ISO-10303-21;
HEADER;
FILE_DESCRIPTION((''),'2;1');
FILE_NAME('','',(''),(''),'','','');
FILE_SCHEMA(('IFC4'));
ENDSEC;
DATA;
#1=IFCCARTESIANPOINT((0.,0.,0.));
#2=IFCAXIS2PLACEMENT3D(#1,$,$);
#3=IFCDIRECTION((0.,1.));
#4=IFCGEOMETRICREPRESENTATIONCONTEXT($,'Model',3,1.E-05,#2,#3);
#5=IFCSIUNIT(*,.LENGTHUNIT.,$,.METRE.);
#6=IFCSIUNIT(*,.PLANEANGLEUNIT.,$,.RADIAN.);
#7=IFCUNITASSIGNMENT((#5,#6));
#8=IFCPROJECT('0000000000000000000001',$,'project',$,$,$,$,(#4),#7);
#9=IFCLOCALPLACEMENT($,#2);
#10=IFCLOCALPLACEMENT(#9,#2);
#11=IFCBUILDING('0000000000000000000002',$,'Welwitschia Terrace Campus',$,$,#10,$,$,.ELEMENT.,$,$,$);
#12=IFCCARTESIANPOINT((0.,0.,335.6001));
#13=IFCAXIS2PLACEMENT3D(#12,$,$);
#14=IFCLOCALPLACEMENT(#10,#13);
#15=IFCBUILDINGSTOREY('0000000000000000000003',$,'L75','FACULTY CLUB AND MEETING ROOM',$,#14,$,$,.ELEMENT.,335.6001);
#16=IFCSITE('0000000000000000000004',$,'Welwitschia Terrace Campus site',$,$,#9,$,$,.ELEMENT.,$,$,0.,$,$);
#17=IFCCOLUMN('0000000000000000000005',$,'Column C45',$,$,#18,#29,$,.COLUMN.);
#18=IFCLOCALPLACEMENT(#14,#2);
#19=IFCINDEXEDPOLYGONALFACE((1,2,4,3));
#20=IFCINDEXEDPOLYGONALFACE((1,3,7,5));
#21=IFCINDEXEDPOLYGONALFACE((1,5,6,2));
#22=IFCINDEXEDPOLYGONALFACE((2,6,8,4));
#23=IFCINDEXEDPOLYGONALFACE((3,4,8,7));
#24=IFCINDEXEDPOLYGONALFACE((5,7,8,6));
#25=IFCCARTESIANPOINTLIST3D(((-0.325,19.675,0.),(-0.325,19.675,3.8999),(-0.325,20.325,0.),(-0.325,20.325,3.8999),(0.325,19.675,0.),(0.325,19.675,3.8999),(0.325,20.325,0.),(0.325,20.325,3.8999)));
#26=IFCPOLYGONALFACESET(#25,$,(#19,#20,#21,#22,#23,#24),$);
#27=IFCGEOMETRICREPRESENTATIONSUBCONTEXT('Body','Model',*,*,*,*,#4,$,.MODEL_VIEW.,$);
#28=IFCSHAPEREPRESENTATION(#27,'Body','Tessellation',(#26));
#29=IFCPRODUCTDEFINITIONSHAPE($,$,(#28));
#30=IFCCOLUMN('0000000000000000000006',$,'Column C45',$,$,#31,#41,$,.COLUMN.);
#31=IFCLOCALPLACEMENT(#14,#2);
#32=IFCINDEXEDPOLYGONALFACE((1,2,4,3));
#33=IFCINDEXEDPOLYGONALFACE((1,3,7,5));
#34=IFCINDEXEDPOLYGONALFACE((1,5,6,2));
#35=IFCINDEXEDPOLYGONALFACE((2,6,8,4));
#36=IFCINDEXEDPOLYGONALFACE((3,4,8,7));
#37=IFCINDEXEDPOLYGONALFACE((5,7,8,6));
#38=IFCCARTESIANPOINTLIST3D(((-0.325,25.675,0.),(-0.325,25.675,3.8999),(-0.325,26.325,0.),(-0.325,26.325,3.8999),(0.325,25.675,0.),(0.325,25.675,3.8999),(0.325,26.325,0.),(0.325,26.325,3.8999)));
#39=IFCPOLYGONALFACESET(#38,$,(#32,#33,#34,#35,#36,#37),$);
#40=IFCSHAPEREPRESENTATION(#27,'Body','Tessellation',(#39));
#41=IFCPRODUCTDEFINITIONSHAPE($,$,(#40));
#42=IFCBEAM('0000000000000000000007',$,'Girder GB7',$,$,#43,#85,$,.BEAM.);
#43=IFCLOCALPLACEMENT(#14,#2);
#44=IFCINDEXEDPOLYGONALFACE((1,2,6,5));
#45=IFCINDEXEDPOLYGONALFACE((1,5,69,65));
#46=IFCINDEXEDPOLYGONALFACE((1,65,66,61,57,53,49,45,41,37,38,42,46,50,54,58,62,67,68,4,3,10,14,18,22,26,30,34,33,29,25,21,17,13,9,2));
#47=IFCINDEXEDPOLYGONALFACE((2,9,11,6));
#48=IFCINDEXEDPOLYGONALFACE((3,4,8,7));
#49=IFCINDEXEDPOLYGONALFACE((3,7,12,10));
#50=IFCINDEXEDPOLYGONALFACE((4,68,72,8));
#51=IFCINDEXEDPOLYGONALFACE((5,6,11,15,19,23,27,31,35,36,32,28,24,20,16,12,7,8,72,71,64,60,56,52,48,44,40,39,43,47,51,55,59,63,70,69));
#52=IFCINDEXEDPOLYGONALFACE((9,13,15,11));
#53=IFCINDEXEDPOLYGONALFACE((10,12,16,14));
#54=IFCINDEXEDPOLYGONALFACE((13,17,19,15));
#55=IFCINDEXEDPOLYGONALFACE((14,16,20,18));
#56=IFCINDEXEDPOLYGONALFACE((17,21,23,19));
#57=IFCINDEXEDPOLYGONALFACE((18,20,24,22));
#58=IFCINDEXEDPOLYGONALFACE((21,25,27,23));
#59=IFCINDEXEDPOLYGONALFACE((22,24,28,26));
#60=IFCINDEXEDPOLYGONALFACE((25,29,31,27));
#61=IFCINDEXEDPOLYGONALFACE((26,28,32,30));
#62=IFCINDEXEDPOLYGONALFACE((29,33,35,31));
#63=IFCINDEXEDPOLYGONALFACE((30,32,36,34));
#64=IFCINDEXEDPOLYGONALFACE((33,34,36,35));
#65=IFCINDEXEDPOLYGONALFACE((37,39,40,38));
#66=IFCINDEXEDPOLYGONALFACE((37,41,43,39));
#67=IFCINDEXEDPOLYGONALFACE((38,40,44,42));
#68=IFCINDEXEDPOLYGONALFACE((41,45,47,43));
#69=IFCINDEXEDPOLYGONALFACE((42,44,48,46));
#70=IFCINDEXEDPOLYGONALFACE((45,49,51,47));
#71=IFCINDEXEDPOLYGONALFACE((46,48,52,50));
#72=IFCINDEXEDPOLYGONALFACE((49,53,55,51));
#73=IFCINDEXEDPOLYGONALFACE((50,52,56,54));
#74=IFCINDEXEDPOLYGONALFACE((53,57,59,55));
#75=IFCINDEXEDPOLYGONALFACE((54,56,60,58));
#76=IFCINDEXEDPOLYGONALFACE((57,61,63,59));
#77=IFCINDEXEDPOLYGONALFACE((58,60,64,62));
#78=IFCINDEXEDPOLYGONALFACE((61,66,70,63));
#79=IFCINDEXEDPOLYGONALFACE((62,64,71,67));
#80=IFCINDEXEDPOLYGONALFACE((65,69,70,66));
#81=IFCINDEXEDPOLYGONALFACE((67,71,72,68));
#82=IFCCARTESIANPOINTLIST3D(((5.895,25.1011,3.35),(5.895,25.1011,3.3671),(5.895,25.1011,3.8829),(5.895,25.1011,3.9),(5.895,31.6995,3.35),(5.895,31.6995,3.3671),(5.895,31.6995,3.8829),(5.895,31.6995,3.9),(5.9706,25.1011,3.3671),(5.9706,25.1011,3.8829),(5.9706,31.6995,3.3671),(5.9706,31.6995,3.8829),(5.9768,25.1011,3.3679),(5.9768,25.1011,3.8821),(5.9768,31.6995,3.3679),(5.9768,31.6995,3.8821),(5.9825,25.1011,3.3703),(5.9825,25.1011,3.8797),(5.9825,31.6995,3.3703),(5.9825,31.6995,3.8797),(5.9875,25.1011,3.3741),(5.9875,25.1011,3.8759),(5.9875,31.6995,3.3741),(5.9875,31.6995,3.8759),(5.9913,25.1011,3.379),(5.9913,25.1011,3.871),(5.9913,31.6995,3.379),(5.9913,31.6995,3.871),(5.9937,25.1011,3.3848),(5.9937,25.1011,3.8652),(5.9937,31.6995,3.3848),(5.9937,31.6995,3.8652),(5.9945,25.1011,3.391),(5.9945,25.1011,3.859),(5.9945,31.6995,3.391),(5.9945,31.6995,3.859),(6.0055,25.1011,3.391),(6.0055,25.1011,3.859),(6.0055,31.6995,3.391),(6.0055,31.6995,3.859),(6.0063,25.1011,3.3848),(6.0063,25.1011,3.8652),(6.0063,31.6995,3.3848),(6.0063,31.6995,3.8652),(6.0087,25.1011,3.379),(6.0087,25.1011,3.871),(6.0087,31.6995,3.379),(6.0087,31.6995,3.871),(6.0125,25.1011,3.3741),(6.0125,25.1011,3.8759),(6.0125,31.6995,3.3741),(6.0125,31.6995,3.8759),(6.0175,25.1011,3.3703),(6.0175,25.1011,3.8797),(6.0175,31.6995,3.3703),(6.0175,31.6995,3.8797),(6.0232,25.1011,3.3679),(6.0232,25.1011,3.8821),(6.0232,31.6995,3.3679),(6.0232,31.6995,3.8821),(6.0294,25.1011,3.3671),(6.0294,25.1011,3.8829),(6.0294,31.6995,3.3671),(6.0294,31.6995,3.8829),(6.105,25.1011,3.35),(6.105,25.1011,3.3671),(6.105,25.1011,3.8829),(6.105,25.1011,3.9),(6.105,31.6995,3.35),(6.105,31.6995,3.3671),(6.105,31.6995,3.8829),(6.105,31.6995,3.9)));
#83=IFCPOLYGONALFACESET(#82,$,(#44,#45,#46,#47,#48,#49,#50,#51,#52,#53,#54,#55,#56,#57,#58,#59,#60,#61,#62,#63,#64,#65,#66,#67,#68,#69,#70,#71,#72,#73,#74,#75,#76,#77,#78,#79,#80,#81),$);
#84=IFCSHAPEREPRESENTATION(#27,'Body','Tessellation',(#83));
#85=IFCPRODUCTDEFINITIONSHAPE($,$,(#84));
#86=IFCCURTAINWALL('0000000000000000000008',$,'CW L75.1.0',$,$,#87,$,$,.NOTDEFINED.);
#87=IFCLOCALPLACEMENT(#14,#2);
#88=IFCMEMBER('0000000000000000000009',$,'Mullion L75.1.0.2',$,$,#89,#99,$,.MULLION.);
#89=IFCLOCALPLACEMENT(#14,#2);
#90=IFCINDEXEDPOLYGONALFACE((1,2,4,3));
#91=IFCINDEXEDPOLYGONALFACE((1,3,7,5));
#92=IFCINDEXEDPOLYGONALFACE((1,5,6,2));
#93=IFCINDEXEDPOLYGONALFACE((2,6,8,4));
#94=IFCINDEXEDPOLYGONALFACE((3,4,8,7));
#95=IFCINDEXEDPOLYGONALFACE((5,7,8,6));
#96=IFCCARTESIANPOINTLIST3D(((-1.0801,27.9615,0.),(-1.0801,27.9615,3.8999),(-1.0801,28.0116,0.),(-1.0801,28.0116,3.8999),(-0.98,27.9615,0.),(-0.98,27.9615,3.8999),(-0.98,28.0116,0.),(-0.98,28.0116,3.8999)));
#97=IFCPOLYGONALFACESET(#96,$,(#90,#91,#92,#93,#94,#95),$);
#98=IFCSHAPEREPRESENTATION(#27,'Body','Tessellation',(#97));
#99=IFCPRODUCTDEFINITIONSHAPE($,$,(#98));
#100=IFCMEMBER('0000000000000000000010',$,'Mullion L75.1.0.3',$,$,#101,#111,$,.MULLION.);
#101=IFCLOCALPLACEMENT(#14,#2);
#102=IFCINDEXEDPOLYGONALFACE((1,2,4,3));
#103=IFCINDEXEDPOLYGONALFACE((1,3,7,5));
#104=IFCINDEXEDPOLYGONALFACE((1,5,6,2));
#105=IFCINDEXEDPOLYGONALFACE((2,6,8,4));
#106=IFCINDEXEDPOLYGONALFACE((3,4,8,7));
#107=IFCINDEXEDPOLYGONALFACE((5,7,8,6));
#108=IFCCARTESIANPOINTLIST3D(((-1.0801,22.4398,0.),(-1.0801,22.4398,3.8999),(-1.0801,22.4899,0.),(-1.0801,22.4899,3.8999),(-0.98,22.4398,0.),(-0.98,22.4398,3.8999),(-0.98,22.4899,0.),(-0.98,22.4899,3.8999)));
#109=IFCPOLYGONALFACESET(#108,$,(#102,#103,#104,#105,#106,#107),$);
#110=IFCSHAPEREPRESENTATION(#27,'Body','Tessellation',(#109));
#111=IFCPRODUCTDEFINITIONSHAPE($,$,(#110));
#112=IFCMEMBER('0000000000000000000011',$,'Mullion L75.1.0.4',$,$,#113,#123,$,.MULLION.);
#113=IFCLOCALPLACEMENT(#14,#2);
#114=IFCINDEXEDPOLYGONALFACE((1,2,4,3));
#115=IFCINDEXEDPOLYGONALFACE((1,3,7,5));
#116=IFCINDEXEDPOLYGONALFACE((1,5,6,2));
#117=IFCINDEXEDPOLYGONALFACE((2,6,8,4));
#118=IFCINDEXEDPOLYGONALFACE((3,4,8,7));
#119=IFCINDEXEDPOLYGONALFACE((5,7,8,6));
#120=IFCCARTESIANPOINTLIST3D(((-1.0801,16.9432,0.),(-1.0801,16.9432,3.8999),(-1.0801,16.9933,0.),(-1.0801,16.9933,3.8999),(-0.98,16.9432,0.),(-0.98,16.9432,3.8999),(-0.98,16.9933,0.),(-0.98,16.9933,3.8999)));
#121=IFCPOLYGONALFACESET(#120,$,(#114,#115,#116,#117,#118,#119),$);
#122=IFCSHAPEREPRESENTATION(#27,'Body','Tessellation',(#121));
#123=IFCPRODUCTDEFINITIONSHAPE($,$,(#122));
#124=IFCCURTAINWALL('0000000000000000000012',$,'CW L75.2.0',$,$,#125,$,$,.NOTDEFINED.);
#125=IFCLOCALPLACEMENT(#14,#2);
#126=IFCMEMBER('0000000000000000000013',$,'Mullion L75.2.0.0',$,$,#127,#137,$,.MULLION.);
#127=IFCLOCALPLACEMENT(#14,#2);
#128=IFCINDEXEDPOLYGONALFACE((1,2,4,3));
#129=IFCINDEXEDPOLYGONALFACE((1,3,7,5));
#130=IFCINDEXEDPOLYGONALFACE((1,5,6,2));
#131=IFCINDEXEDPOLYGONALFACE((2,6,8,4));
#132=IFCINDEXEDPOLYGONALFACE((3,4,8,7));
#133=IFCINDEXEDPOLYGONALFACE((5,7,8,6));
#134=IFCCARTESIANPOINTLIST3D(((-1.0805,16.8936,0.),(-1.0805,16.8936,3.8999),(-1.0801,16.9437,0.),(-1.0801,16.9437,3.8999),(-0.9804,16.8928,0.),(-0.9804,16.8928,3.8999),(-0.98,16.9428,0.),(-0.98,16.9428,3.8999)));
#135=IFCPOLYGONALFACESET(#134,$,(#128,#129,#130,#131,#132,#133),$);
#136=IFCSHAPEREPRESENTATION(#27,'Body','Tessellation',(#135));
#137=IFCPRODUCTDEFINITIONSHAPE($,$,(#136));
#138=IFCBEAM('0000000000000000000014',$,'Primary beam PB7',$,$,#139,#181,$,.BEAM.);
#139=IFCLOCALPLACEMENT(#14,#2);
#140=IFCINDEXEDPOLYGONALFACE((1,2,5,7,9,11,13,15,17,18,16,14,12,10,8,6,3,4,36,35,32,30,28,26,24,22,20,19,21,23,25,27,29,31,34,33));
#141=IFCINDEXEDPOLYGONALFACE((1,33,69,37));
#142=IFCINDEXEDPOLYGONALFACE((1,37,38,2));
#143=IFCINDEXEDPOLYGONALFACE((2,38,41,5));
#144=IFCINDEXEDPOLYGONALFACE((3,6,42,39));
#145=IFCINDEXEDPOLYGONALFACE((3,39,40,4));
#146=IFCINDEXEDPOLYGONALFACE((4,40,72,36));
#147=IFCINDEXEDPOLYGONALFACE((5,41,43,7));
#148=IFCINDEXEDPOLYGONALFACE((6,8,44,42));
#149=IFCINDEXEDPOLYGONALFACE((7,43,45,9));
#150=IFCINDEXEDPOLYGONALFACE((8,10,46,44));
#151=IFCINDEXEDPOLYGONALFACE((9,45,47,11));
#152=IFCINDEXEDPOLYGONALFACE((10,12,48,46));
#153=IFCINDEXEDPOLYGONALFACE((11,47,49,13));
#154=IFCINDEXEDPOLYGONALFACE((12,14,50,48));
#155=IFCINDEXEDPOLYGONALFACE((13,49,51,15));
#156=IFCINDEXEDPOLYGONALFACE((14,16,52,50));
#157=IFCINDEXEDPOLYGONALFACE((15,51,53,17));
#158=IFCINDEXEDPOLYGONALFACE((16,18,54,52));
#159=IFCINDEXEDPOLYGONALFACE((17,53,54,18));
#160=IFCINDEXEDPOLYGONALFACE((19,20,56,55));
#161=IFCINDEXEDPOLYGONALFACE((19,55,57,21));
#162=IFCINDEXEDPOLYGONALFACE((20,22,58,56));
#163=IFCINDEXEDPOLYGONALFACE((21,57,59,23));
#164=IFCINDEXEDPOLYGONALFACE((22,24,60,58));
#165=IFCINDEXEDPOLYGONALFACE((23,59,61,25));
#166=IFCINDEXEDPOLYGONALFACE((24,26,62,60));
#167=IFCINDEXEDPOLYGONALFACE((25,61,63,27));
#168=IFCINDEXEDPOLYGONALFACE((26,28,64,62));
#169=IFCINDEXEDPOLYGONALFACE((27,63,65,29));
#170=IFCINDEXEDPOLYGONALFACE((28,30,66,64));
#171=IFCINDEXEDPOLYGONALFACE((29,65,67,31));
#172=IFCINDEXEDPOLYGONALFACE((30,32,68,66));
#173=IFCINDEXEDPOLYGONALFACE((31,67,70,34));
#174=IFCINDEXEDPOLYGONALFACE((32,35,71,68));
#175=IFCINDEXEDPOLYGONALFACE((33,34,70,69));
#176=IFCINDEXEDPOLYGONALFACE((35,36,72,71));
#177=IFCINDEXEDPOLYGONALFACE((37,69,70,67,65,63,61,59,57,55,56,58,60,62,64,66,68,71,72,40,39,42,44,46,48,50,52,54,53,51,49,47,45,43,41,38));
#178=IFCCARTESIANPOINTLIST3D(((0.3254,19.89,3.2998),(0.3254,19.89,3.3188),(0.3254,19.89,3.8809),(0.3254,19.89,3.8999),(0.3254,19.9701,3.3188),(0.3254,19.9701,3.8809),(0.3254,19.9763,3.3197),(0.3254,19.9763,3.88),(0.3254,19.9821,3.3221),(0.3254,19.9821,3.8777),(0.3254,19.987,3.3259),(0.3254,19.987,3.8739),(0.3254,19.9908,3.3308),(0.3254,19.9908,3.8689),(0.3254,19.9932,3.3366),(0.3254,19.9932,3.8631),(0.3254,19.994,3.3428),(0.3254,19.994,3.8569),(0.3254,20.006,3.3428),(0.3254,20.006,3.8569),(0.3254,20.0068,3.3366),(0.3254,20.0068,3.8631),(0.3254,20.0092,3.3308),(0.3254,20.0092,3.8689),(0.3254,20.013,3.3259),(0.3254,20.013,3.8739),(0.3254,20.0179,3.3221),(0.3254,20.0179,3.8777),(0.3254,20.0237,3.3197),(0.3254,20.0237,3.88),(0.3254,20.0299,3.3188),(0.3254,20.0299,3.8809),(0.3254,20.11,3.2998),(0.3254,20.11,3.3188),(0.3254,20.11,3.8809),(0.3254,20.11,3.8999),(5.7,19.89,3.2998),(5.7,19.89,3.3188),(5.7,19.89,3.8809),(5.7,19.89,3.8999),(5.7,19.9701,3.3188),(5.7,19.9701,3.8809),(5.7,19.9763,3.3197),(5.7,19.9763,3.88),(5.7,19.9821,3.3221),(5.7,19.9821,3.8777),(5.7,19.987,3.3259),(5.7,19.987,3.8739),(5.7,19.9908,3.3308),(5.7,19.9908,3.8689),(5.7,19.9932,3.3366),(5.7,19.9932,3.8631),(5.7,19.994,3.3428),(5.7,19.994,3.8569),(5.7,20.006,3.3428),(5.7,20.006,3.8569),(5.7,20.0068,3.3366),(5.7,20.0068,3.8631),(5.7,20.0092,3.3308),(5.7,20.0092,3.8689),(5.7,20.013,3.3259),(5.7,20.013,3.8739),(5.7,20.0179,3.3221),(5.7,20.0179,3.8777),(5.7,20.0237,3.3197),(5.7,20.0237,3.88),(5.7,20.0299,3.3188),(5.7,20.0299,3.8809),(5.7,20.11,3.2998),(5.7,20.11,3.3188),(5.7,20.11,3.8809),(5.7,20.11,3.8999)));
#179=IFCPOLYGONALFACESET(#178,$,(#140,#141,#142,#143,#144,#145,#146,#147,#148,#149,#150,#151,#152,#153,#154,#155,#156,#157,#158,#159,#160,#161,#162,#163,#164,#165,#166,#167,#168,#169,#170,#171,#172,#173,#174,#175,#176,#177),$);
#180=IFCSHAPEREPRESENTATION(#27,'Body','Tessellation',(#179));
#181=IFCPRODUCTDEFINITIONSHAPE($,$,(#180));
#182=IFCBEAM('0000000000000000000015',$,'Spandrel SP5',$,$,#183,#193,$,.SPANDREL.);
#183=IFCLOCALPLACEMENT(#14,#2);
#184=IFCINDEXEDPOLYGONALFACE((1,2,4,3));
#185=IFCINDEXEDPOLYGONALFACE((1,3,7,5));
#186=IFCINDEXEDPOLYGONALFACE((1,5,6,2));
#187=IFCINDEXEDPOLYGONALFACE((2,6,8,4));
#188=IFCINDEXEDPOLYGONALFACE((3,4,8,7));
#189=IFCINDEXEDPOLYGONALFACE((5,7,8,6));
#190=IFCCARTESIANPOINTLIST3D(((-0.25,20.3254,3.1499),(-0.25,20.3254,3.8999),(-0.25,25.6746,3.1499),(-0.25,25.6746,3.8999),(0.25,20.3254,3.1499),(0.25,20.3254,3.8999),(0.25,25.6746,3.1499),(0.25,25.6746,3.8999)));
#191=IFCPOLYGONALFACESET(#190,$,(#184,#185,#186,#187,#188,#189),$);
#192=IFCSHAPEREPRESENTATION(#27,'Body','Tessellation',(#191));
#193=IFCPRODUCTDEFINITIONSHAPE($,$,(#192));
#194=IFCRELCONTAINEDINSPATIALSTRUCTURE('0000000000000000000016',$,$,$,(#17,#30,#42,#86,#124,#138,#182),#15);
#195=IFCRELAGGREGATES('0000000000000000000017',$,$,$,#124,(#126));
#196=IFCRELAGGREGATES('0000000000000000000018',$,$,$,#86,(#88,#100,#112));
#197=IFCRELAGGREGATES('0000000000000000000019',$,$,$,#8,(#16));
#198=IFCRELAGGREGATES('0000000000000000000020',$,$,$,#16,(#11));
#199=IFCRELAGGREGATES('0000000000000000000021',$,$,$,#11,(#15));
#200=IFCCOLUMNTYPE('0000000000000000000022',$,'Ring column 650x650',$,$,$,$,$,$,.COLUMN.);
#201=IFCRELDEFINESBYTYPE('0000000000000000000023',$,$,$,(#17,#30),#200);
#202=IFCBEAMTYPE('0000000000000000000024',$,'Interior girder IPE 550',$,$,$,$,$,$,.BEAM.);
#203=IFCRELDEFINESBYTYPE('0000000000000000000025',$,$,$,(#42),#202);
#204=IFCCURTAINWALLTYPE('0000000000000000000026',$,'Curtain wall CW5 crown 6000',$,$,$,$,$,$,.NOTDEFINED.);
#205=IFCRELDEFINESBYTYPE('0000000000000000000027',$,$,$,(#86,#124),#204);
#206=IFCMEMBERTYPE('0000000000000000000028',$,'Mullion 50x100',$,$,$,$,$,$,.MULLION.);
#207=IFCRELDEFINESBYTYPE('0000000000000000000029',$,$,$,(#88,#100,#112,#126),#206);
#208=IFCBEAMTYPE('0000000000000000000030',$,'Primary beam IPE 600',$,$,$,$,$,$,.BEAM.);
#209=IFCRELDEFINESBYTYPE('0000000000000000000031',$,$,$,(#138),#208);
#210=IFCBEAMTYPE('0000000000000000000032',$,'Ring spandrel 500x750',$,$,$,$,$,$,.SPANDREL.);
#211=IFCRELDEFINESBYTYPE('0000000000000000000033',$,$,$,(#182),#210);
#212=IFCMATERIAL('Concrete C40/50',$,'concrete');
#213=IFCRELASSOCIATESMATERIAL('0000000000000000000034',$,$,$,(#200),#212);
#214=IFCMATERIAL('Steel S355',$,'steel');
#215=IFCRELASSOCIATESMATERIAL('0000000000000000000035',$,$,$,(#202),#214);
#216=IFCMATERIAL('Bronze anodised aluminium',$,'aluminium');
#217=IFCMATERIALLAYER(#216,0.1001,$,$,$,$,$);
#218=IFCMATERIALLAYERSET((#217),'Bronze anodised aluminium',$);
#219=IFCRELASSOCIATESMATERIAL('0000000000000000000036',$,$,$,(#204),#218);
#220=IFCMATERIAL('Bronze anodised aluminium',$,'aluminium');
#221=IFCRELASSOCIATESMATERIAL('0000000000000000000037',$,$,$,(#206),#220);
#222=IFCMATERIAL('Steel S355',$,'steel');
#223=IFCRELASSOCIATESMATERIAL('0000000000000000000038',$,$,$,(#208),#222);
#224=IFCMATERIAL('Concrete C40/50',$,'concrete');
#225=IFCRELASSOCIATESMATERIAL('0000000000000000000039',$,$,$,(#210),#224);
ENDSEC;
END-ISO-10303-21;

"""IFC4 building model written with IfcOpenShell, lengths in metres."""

from ifc_helpers import new_model, si_unit, direction, frame, origin, origin_2d, place, context, subcontext, project, spatial, rectangle, i_section, extrude, material, layer, layer_set, material_profile, profile_set, type_object, element, aggregate, save


model = new_model("IFC4")

# Units and contexts
model_context = context("Model", 3, precision=1e-05, world=origin(), true_north=direction((0.0, 1.0)))
body_context = subcontext(model_context, "Body", "Model", "MODEL_VIEW")
ifc_project = project(units=[si_unit("LENGTHUNIT", "METRE"), si_unit("PLANEANGLEUNIT", "RADIAN")], contexts=[model_context])

# Site, building, storey
site_placement = place(None, origin())
site = spatial("IfcSite", under=ifc_project, at=site_placement, Name="Welwitschia Terrace Campus site", CompositionType="ELEMENT", RefElevation=0.0)
building_placement = place(site_placement, origin())
building = spatial("IfcBuilding", under=site, at=building_placement, Name="Welwitschia Terrace Campus", CompositionType="ELEMENT")
storey_placement = place(building_placement, frame((0.0, 0.0, 335.6001)))
storey = spatial("IfcBuildingStorey", under=building, at=storey_placement, Name="L75", Description="FACULTY CLUB AND MEETING ROOM", CompositionType="ELEMENT", Elevation=335.6001)

# Columns
ifc_material_1 = material(Name="Concrete C40/50", Category="concrete")
ifc_material_profile_1 = material_profile(ifc_material_1, rectangle(XDim=0.6499, YDim=0.6499, at=origin_2d()))
ifc_profile_set_1 = profile_set([ifc_material_profile_1], Name="Concrete C40/50")
column_type = type_object("IfcColumnType", Name="Ring column 650x650", PredefinedType="COLUMN", material=ifc_profile_set_1)
for number, where, z_axis, x_axis, name in (
    (1, (0.0, 20.0, 0.0), (0.0, 0.0, 1.0), (1.0, 0.0, 0.0), "Column C45"),
    (2, (0.0, 26.0, 0.0), (0.0, 0.0, 1.0), (1.0, 0.0, 0.0), "Column C45"),
):
    element("IfcColumn", number, at=place(storey_placement, frame(where, z_axis=z_axis, x_axis=x_axis)), inside=storey, type_object=column_type, Name=name, PredefinedType="COLUMN", context=body_context, shape_type="SweptSolid", body=[
        extrude(rectangle(XDim=0.6499, YDim=0.6499, at=origin_2d()), origin(), (0.0, 0.0, 1.0), 3.8999),
    ])

# Beam
ifc_material_2 = material(Name="Steel S355", Category="steel")
ifc_material_profile_2 = material_profile(ifc_material_2, i_section(OverallWidth=0.21, OverallDepth=0.55, WebThickness=0.011, FlangeThickness=0.0171, FilletRadius=0.0239, at=origin_2d()))
ifc_profile_set_2 = profile_set([ifc_material_profile_2], Name="Steel S355")
beam_type_1 = type_object("IfcBeamType", Name="Interior girder IPE 550", PredefinedType="BEAM", material=ifc_profile_set_2)
beam_1_placement = place(storey_placement, frame((6.0, 25.1011, 3.625), z_axis=(0.0, 1.0, 0.0), x_axis=(-1.0, 0.0, 0.0)))
element("IfcBeam", 3, at=beam_1_placement, inside=storey, type_object=beam_type_1, Name="Girder GB7", PredefinedType="BEAM", context=body_context, shape_type="SweptSolid", body=[
    extrude(i_section(OverallWidth=0.21, OverallDepth=0.55, WebThickness=0.011, FlangeThickness=0.0171, FilletRadius=0.0239, at=origin_2d()), origin(), (0.0, 0.0, 1.0), 6.5984),
])

# Curtain wall, members
ifc_material_3 = material(Name="Bronze anodised aluminium", Category="aluminium")
ifc_layer_1 = layer(ifc_material_3, 0.1001)
ifc_layer_set_1 = layer_set([ifc_layer_1], Name="Bronze anodised aluminium")
curtain_wall_type = type_object("IfcCurtainWallType", Name="Curtain wall CW5 crown 6000", PredefinedType="NOTDEFINED", material=ifc_layer_set_1)
curtain_wall_1_placement = place(storey_placement, origin())
curtain_wall_1 = element("IfcCurtainWall", 4, at=curtain_wall_1_placement, inside=storey, type_object=curtain_wall_type, Name="CW L75.1.0", PredefinedType="NOTDEFINED")
ifc_material_4 = material(Name="Bronze anodised aluminium", Category="aluminium")
ifc_material_profile_3 = material_profile(ifc_material_4, rectangle(XDim=0.1001, YDim=0.05, at=origin_2d()))
ifc_profile_set_3 = profile_set([ifc_material_profile_3], Name="Bronze anodised aluminium")
member_type_1 = type_object("IfcMemberType", Name="Mullion 50x100", PredefinedType="MULLION", material=ifc_profile_set_3)
member_1_placement = place(storey_placement, frame((-1.03, 27.9866, 0.0), z_axis=(0.0, 0.0, 1.0), x_axis=(1.0, 0.0, 0.0)))
member_1 = element("IfcMember", 5, at=member_1_placement, type_object=member_type_1, Name="Mullion L75.1.0.2", PredefinedType="MULLION", context=body_context, shape_type="SweptSolid", body=[
    extrude(rectangle(XDim=0.1001, YDim=0.05, at=origin_2d()), origin(), (0.0, 0.0, 1.0), 3.8999),
])
member_2_placement = place(storey_placement, frame((-1.03, 22.4648, 0.0), z_axis=(0.0, 0.0, 1.0), x_axis=(1.0, 0.0, 0.0)))
member_2 = element("IfcMember", 6, at=member_2_placement, type_object=member_type_1, Name="Mullion L75.1.0.3", PredefinedType="MULLION", context=body_context, shape_type="SweptSolid", body=[
    extrude(rectangle(XDim=0.1001, YDim=0.05, at=origin_2d()), origin(), (0.0, 0.0, 1.0), 3.8999),
])
member_3_placement = place(storey_placement, frame((-1.03, 16.9683, 0.0), z_axis=(0.0, 0.0, 1.0), x_axis=(1.0, 0.0, 0.0)))
member_3 = element("IfcMember", 7, at=member_3_placement, type_object=member_type_1, Name="Mullion L75.1.0.4", PredefinedType="MULLION", context=body_context, shape_type="SweptSolid", body=[
    extrude(rectangle(XDim=0.1001, YDim=0.05, at=origin_2d()), origin(), (0.0, 0.0, 1.0), 3.8999),
])

# Curtain wall, member
curtain_wall_2_placement = place(storey_placement, origin())
curtain_wall_2 = element("IfcCurtainWall", 8, at=curtain_wall_2_placement, inside=storey, type_object=curtain_wall_type, Name="CW L75.2.0", PredefinedType="NOTDEFINED")
member_4_placement = place(storey_placement, frame((-1.0303, 16.9182, 0.0), z_axis=(0.0, 0.0, 1.0), x_axis=(0.999962, -0.008727, 0.0)))
member_4 = element("IfcMember", 9, at=member_4_placement, type_object=member_type_1, Name="Mullion L75.2.0.0", PredefinedType="MULLION", context=body_context, shape_type="SweptSolid", body=[
    extrude(rectangle(XDim=0.1001, YDim=0.05, at=origin_2d()), origin(), (0.0, 0.0, 1.0), 3.8999),
])

# Beams
ifc_material_5 = material(Name="Steel S355", Category="steel")
ifc_material_profile_4 = material_profile(ifc_material_5, i_section(OverallWidth=0.22, OverallDepth=0.6001, WebThickness=0.012, FlangeThickness=0.019, FilletRadius=0.0239, at=origin_2d()))
ifc_profile_set_4 = profile_set([ifc_material_profile_4], Name="Steel S355")
beam_type_2 = type_object("IfcBeamType", Name="Primary beam IPE 600", PredefinedType="BEAM", material=ifc_profile_set_4)
beam_2_placement = place(storey_placement, frame((0.3254, 20.0, 3.5999), z_axis=(1.0, 0.0, 0.0), x_axis=(0.0, 1.0, 0.0)))
element("IfcBeam", 10, at=beam_2_placement, inside=storey, type_object=beam_type_2, Name="Primary beam PB7", PredefinedType="BEAM", context=body_context, shape_type="SweptSolid", body=[
    extrude(i_section(OverallWidth=0.22, OverallDepth=0.6001, WebThickness=0.012, FlangeThickness=0.019, FilletRadius=0.0239, at=origin_2d()), origin(), (0.0, 0.0, 1.0), 5.3745),
])
ifc_material_6 = material(Name="Concrete C40/50", Category="concrete")
ifc_material_profile_5 = material_profile(ifc_material_6, rectangle(XDim=0.5, YDim=0.75, at=origin_2d()))
ifc_profile_set_5 = profile_set([ifc_material_profile_5], Name="Concrete C40/50")
beam_type_3 = type_object("IfcBeamType", Name="Ring spandrel 500x750", PredefinedType="SPANDREL", material=ifc_profile_set_5)
for number, where, z_axis, x_axis, name in (
    (11, (0.0, 25.6746, 3.5249), (0.0, -1.0, 0.0), (1.0, 0.0, 0.0), "Spandrel SP5"),
):
    element("IfcBeam", number, at=place(storey_placement, frame(where, z_axis=z_axis, x_axis=x_axis)), inside=storey, type_object=beam_type_3, Name=name, PredefinedType="SPANDREL", context=body_context, shape_type="SweptSolid", body=[
        extrude(rectangle(XDim=0.5, YDim=0.75, at=origin_2d()), origin(), (0.0, 0.0, 1.0), 5.3491),
    ])

aggregate(curtain_wall_2, [member_4])

aggregate(curtain_wall_1, [member_1, member_2, member_3])

save(model, "model.ifc")
